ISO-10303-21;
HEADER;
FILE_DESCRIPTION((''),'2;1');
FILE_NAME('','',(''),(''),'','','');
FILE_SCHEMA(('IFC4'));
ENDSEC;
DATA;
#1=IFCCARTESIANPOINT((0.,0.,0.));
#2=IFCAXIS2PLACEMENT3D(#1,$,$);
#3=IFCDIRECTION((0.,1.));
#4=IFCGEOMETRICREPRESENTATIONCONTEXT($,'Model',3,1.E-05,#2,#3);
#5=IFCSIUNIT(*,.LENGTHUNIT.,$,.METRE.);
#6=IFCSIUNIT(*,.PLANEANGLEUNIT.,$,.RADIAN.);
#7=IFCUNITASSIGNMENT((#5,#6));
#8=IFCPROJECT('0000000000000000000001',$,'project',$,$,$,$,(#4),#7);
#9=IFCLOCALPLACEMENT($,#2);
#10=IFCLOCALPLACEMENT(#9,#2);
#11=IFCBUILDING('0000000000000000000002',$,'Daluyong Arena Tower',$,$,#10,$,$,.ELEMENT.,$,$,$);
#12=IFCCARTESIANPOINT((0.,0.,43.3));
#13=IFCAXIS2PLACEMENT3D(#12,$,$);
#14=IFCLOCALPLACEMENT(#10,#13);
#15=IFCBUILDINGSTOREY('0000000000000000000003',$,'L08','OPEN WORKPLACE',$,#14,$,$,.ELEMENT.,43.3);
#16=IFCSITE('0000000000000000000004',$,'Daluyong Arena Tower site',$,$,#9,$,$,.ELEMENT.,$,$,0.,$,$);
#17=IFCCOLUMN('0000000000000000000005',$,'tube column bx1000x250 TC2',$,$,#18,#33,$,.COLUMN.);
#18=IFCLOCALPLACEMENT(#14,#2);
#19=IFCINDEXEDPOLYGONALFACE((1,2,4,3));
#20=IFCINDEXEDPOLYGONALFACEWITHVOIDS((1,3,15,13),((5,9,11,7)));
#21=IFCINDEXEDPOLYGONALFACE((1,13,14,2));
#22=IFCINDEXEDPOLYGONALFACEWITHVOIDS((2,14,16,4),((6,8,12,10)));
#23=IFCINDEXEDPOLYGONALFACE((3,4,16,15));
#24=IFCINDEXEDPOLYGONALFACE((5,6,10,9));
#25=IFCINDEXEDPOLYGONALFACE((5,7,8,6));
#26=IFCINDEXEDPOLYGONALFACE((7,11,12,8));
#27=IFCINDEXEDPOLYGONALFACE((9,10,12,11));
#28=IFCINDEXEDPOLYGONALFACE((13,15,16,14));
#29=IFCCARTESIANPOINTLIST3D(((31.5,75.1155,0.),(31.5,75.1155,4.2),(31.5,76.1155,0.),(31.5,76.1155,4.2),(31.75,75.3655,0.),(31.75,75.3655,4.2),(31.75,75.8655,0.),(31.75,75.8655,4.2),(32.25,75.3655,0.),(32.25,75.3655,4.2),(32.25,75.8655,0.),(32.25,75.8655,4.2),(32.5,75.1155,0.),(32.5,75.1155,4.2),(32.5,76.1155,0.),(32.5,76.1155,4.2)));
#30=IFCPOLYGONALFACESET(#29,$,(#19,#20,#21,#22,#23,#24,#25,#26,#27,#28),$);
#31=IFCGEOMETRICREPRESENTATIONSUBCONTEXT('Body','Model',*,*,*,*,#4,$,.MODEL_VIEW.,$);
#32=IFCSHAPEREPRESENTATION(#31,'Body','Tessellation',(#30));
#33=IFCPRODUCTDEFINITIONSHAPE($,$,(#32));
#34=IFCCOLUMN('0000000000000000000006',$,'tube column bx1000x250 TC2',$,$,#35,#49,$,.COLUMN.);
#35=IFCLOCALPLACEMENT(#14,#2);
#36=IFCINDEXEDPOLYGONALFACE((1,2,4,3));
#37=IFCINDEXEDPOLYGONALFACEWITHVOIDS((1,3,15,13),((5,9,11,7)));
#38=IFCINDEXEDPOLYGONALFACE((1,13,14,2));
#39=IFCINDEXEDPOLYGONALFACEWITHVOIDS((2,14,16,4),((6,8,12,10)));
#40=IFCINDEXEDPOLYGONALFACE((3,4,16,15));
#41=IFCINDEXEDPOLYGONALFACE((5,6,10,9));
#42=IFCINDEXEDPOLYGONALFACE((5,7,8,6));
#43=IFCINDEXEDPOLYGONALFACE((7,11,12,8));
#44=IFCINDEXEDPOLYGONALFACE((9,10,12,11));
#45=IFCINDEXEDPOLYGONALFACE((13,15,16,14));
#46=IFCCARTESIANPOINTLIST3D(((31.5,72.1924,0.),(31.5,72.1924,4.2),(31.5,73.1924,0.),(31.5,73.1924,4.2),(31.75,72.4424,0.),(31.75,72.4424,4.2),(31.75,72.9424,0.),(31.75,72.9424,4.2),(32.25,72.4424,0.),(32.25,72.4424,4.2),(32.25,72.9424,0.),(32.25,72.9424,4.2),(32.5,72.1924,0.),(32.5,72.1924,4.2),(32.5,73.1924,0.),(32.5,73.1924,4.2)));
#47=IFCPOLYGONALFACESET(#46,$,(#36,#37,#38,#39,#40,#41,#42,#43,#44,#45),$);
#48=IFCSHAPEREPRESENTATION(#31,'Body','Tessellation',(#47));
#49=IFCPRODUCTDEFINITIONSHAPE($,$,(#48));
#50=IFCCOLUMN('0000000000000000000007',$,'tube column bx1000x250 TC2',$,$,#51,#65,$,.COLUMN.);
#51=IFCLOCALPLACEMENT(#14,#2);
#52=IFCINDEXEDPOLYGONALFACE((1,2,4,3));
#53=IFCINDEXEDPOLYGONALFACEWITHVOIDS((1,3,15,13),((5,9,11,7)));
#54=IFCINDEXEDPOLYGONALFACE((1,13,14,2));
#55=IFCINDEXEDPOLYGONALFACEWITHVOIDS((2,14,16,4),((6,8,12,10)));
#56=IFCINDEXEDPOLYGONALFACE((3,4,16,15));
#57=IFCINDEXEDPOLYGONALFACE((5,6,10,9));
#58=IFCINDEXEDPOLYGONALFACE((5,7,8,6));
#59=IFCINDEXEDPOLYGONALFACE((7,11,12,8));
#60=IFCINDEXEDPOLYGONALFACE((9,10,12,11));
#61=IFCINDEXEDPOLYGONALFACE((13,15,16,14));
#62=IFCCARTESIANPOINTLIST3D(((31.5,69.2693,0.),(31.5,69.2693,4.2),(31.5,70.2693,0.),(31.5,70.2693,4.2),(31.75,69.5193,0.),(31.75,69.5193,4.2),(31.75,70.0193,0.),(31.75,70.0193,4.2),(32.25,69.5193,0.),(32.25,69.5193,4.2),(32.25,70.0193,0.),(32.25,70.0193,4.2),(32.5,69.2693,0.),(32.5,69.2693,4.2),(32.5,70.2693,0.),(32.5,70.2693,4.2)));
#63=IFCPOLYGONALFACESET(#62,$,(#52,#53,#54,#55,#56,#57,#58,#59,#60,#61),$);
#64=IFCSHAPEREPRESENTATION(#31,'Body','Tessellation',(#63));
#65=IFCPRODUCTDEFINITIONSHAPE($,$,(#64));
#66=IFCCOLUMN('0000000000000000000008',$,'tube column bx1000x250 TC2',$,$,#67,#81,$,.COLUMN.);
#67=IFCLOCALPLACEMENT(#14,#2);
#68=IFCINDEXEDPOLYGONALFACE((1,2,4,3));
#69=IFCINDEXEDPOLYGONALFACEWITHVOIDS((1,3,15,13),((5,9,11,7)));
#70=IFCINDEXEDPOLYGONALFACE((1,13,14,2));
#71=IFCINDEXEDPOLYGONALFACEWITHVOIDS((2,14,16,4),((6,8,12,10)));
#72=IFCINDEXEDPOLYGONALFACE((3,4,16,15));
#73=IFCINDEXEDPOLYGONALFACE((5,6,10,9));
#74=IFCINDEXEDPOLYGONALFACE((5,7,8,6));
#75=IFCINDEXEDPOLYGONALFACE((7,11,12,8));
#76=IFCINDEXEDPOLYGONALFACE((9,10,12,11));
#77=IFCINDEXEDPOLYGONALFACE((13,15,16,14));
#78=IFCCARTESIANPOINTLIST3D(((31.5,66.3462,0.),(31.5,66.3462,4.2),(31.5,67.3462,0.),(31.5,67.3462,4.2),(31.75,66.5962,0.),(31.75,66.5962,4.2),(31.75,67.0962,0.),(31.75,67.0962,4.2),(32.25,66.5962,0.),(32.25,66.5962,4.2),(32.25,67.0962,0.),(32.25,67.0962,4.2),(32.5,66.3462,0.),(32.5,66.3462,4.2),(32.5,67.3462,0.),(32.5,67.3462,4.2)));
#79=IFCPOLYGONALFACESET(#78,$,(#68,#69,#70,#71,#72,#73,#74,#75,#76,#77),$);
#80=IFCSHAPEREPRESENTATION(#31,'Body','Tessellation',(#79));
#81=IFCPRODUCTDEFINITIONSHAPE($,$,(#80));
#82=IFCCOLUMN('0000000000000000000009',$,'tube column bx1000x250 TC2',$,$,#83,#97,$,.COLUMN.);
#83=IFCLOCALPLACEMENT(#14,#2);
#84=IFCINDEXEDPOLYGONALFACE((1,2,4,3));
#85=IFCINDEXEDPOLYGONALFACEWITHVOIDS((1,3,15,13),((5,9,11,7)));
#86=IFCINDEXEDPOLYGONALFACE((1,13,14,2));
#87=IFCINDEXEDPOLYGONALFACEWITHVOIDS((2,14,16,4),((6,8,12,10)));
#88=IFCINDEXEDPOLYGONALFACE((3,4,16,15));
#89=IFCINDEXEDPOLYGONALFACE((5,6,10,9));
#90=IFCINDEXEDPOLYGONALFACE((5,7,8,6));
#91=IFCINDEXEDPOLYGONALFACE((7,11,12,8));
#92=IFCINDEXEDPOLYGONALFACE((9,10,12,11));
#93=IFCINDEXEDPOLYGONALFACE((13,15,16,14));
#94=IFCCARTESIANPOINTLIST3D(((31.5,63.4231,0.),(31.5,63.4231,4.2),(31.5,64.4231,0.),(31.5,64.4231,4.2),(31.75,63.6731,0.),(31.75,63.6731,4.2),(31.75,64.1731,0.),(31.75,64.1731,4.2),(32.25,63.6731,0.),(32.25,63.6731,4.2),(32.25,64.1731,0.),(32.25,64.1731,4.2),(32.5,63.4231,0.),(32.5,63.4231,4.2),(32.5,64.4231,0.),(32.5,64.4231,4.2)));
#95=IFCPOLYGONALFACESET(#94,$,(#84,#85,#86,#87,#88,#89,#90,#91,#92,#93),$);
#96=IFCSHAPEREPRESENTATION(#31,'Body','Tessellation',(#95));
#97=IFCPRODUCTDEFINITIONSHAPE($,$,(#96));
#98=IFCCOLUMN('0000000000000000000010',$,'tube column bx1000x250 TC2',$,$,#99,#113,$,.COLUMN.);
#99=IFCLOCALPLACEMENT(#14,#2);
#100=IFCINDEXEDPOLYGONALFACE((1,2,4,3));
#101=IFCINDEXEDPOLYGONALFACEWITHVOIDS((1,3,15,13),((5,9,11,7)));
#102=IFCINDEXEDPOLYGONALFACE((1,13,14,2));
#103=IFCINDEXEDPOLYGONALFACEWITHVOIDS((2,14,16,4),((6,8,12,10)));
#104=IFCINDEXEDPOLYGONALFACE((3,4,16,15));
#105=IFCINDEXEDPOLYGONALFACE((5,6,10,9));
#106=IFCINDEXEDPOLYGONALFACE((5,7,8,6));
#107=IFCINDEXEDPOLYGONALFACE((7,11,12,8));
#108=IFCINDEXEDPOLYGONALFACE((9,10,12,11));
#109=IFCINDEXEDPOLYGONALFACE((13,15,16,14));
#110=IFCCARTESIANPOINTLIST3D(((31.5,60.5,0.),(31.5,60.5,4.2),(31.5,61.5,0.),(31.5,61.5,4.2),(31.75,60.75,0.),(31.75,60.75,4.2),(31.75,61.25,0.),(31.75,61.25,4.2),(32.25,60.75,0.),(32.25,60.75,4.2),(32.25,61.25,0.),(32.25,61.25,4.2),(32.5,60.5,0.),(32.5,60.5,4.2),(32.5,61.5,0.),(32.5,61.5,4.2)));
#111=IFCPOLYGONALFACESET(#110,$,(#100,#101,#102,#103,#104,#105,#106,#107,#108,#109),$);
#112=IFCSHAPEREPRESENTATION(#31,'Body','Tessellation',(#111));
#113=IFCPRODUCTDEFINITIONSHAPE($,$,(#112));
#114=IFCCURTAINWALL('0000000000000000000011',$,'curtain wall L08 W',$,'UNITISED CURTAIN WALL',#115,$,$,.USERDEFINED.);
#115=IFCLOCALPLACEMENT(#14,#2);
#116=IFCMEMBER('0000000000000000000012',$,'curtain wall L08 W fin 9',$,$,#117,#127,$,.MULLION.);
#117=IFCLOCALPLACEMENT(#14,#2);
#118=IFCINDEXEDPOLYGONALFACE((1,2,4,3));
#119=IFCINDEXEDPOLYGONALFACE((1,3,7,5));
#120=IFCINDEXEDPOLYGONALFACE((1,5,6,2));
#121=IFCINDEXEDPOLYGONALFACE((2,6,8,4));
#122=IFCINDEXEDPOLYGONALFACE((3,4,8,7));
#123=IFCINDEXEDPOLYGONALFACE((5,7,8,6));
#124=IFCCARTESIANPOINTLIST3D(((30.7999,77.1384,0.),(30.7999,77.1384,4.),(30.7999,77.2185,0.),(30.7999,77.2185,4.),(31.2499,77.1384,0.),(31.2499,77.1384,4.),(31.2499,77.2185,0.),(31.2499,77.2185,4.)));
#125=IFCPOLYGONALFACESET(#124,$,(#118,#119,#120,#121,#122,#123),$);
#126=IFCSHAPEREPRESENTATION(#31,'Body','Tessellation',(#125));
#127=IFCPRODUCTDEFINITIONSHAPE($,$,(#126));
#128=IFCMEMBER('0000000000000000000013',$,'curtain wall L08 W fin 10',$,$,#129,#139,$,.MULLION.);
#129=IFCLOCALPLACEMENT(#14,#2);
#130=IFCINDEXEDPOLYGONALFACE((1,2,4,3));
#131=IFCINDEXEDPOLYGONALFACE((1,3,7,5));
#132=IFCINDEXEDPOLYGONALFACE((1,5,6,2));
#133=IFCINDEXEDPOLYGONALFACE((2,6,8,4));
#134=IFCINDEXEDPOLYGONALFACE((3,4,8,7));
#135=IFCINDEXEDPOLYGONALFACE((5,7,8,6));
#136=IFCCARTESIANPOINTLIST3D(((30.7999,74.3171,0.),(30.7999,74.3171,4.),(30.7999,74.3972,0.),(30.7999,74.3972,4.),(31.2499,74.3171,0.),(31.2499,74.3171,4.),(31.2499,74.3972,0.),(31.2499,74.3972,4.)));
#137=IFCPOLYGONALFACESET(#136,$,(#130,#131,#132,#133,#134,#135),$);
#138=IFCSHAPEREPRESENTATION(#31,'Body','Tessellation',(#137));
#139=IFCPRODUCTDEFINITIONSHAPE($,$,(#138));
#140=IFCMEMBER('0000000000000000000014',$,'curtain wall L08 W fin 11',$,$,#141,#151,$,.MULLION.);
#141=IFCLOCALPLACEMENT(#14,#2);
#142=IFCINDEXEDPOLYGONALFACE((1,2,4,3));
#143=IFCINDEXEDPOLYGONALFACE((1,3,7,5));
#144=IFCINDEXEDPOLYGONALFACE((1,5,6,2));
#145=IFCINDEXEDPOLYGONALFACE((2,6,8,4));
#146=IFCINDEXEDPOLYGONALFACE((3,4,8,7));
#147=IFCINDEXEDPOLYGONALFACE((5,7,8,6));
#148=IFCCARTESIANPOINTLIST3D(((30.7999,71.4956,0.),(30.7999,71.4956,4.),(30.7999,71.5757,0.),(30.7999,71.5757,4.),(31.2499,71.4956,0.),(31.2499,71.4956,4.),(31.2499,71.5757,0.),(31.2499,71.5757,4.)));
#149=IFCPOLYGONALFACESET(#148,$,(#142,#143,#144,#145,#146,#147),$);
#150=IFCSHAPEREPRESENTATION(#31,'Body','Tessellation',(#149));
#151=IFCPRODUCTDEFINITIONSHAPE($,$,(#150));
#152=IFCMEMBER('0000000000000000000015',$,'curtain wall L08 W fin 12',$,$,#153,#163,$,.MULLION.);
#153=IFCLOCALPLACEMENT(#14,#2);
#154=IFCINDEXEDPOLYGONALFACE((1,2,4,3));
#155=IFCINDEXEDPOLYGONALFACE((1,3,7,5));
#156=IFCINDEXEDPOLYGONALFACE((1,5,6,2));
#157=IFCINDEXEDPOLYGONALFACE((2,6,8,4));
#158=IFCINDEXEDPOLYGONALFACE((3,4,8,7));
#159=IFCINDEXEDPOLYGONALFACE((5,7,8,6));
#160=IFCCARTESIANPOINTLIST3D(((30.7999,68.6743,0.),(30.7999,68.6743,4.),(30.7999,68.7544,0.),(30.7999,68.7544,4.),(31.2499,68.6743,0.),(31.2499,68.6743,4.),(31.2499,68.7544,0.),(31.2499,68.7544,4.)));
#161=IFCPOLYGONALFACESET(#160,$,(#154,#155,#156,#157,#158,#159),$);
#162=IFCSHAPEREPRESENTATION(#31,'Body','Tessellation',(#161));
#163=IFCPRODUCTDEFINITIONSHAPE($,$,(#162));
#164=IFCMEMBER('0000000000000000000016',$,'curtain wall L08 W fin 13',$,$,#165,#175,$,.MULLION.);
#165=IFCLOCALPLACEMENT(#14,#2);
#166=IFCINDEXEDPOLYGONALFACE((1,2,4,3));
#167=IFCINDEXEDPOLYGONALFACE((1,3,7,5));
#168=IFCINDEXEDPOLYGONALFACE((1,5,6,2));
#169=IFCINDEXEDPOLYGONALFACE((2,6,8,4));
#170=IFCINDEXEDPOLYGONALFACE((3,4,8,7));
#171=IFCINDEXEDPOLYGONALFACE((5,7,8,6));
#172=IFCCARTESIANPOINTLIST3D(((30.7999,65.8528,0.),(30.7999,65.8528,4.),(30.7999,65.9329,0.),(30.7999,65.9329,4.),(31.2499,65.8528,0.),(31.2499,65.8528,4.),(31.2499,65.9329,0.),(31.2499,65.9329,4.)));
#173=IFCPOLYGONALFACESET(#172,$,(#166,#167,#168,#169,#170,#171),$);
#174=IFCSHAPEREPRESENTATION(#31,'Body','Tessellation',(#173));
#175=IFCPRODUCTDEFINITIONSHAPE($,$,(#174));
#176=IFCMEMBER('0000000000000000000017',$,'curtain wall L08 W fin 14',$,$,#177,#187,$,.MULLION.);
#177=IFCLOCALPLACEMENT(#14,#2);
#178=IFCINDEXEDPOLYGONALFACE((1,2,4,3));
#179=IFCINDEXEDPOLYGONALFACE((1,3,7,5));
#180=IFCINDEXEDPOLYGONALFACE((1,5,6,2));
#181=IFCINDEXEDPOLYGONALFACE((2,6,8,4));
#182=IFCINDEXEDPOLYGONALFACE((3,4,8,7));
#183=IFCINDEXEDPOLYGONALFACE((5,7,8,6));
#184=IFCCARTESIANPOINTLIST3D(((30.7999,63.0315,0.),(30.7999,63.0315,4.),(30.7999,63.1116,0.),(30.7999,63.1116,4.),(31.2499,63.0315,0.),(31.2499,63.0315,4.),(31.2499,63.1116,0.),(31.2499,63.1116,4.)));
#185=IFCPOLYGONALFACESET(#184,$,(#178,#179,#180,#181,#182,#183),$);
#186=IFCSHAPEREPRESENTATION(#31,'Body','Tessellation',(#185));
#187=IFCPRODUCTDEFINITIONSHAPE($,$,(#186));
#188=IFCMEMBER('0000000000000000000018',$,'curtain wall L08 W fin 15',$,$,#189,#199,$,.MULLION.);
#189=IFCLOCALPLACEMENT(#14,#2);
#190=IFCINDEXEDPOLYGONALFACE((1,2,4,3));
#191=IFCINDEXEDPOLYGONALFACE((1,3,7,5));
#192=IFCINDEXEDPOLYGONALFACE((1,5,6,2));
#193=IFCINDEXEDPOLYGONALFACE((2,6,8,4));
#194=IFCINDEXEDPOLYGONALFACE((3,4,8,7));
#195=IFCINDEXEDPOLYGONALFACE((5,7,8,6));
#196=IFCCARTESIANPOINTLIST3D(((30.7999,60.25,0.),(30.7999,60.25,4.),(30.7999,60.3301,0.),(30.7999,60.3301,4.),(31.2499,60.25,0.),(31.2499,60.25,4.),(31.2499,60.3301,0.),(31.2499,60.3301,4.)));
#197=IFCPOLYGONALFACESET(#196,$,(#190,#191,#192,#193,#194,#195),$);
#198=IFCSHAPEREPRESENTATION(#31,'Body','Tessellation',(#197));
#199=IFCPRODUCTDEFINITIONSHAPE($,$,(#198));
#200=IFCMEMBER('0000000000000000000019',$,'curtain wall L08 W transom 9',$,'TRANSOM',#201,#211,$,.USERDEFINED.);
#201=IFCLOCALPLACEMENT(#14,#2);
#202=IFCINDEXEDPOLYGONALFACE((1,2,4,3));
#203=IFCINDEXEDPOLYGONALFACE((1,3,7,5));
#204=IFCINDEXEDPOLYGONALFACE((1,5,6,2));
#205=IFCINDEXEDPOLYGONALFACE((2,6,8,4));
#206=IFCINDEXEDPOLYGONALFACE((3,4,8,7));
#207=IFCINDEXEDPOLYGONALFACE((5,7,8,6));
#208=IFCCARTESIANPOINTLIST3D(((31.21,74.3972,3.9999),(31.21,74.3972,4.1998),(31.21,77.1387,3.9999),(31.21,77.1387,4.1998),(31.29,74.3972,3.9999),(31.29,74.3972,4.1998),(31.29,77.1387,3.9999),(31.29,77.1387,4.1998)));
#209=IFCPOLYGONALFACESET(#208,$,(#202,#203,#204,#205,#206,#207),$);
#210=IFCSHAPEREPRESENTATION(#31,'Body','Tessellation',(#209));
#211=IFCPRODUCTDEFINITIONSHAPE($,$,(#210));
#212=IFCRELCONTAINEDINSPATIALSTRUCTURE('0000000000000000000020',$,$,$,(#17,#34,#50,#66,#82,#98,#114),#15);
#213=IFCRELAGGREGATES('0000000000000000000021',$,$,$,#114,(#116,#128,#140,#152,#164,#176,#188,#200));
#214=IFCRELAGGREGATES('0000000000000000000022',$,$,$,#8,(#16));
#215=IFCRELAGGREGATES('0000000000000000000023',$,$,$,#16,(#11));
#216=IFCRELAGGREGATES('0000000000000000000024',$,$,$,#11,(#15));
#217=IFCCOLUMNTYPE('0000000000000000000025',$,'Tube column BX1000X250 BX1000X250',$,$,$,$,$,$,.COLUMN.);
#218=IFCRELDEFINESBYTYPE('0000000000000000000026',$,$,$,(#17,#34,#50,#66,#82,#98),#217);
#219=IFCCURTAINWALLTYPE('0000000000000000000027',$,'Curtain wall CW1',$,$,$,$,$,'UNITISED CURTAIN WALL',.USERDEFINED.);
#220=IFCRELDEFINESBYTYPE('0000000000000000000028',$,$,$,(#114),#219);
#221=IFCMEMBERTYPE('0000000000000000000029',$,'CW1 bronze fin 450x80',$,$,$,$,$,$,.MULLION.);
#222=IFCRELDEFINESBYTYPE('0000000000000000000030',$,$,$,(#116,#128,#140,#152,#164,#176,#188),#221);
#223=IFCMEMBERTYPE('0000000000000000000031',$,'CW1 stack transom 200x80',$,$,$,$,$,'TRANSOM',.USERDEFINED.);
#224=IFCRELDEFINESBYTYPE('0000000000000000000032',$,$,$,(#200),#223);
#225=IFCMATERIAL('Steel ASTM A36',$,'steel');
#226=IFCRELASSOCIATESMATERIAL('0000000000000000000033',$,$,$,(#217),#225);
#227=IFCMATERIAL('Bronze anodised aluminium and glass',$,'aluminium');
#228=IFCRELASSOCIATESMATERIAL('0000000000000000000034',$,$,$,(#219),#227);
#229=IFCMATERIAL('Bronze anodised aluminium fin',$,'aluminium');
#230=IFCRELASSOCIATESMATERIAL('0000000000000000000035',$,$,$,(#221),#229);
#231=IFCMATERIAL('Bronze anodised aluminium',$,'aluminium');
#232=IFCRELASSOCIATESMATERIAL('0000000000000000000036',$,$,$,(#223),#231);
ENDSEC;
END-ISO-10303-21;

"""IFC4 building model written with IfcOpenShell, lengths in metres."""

from ifc_helpers import new_model, si_unit, direction, frame, origin, origin_2d, place, context, subcontext, project, spatial, rectangle, hollow_rectangle, extrude, material, material_profile, profile_set, type_object, element, aggregate, save


model = new_model("IFC4")

# Units and contexts
model_context = context("Model", 3, precision=1e-05, world=origin(), true_north=direction((0.0, 1.0)))
body_context = subcontext(model_context, "Body", "Model", "MODEL_VIEW")
ifc_project = project(units=[si_unit("LENGTHUNIT", "METRE"), si_unit("PLANEANGLEUNIT", "RADIAN")], contexts=[model_context])

# Site, building, storey
site_placement = place(None, origin())
site = spatial("IfcSite", under=ifc_project, at=site_placement, Name="Daluyong Arena Tower site", CompositionType="ELEMENT", RefElevation=0.0)
building_placement = place(site_placement, origin())
building = spatial("IfcBuilding", under=site, at=building_placement, Name="Daluyong Arena Tower", CompositionType="ELEMENT")
storey_placement = place(building_placement, frame((0.0, 0.0, 43.3)))
storey = spatial("IfcBuildingStorey", under=building, at=storey_placement, Name="L08", Description="OPEN WORKPLACE", CompositionType="ELEMENT", Elevation=43.3)

# Columns
ifc_material_1 = material(Name="Steel ASTM A36", Category="steel")
ifc_material_profile_1 = material_profile(ifc_material_1, hollow_rectangle(XDim=1.0, YDim=1.0, WallThickness=0.25, at=origin_2d()))
ifc_profile_set_1 = profile_set([ifc_material_profile_1], Name="Steel ASTM A36")
column_type = type_object("IfcColumnType", Name="Tube column BX1000X250 BX1000X250", PredefinedType="COLUMN", material=ifc_profile_set_1)
for number, where, z_axis, x_axis, name in (
    (1, (32.0, 75.6155, 0.0), (0.0, 0.0, 1.0), (0.0, 1.0, 0.0), "tube column bx1000x250 TC2"),
    (2, (32.0, 72.6924, 0.0), (0.0, 0.0, 1.0), (0.0, 1.0, 0.0), "tube column bx1000x250 TC2"),
    (3, (32.0, 69.7693, 0.0), (0.0, 0.0, 1.0), (0.0, 1.0, 0.0), "tube column bx1000x250 TC2"),
    (4, (32.0, 66.8462, 0.0), (0.0, 0.0, 1.0), (0.0, 1.0, 0.0), "tube column bx1000x250 TC2"),
    (5, (32.0, 63.9231, 0.0), (0.0, 0.0, 1.0), (0.0, 1.0, 0.0), "tube column bx1000x250 TC2"),
    (6, (32.0, 61.0, 0.0), (0.0, 0.0, 1.0), (1.0, 0.0, 0.0), "tube column bx1000x250 TC2"),
):
    element("IfcColumn", number, at=place(storey_placement, frame(where, z_axis=z_axis, x_axis=x_axis)), inside=storey, type_object=column_type, Name=name, PredefinedType="COLUMN", context=body_context, shape_type="SweptSolid", body=[
        extrude(hollow_rectangle(XDim=1.0, YDim=1.0, WallThickness=0.25, at=origin_2d()), origin(), (0.0, 0.0, 1.0), 4.2),
    ])

# Curtain wall, members
ifc_material_2 = material(Name="Bronze anodised aluminium and glass", Category="aluminium")
curtain_wall_type_1 = type_object("IfcCurtainWallType", Name="Curtain wall CW1", ElementType="UNITISED CURTAIN WALL", PredefinedType="USERDEFINED", material=ifc_material_2)
curtain_wall_1_placement = place(storey_placement, origin())
curtain_wall_1 = element("IfcCurtainWall", 7, at=curtain_wall_1_placement, inside=storey, type_object=curtain_wall_type_1, Name="curtain wall L08 W", ObjectType="UNITISED CURTAIN WALL", PredefinedType="USERDEFINED")
ifc_material_3 = material(Name="Bronze anodised aluminium fin", Category="aluminium")
ifc_material_profile_2 = material_profile(ifc_material_3, rectangle(XDim=0.45, YDim=0.0801, at=origin_2d()))
ifc_profile_set_2 = profile_set([ifc_material_profile_2], Name="Bronze anodised aluminium fin")
member_type_1 = type_object("IfcMemberType", Name="CW1 bronze fin 450x80", PredefinedType="MULLION", material=ifc_profile_set_2)
member_1_placement = place(storey_placement, frame((31.0249, 77.1785, 0.0), z_axis=(0.0, 0.0, 1.0), x_axis=(1.0, 0.0, 0.0)))
member_1 = element("IfcMember", 8, at=member_1_placement, type_object=member_type_1, Name="curtain wall L08 W fin 9", PredefinedType="MULLION", context=body_context, shape_type="SweptSolid", body=[
    extrude(rectangle(XDim=0.45, YDim=0.0801, at=origin_2d()), origin(), (0.0, 0.0, 1.0), 4.0),
])
member_2_placement = place(storey_placement, frame((31.0249, 74.3572, 0.0), z_axis=(0.0, 0.0, 1.0), x_axis=(1.0, 0.0, 0.0)))
member_2 = element("IfcMember", 9, at=member_2_placement, type_object=member_type_1, Name="curtain wall L08 W fin 10", PredefinedType="MULLION", context=body_context, shape_type="SweptSolid", body=[
    extrude(rectangle(XDim=0.45, YDim=0.0801, at=origin_2d()), origin(), (0.0, 0.0, 1.0), 4.0),
])
member_3_placement = place(storey_placement, frame((31.0249, 71.5356, 0.0), z_axis=(0.0, 0.0, 1.0), x_axis=(1.0, 0.0, 0.0)))
member_3 = element("IfcMember", 10, at=member_3_placement, type_object=member_type_1, Name="curtain wall L08 W fin 11", PredefinedType="MULLION", context=body_context, shape_type="SweptSolid", body=[
    extrude(rectangle(XDim=0.45, YDim=0.0801, at=origin_2d()), origin(), (0.0, 0.0, 1.0), 4.0),
])
member_4_placement = place(storey_placement, frame((31.0249, 68.7144, 0.0), z_axis=(0.0, 0.0, 1.0), x_axis=(1.0, 0.0, 0.0)))
member_4 = element("IfcMember", 11, at=member_4_placement, type_object=member_type_1, Name="curtain wall L08 W fin 12", PredefinedType="MULLION", context=body_context, shape_type="SweptSolid", body=[
    extrude(rectangle(XDim=0.45, YDim=0.0801, at=origin_2d()), origin(), (0.0, 0.0, 1.0), 4.0),
])
member_5_placement = place(storey_placement, frame((31.0249, 65.8928, 0.0), z_axis=(0.0, 0.0, 1.0), x_axis=(1.0, 0.0, 0.0)))
member_5 = element("IfcMember", 12, at=member_5_placement, type_object=member_type_1, Name="curtain wall L08 W fin 13", PredefinedType="MULLION", context=body_context, shape_type="SweptSolid", body=[
    extrude(rectangle(XDim=0.45, YDim=0.0801, at=origin_2d()), origin(), (0.0, 0.0, 1.0), 4.0),
])
member_6_placement = place(storey_placement, frame((31.0249, 63.0715, 0.0), z_axis=(0.0, 0.0, 1.0), x_axis=(1.0, 0.0, 0.0)))
member_6 = element("IfcMember", 13, at=member_6_placement, type_object=member_type_1, Name="curtain wall L08 W fin 14", PredefinedType="MULLION", context=body_context, shape_type="SweptSolid", body=[
    extrude(rectangle(XDim=0.45, YDim=0.0801, at=origin_2d()), origin(), (0.0, 0.0, 1.0), 4.0),
])
member_7_placement = place(storey_placement, frame((31.0249, 60.29, 0.0), z_axis=(0.0, 0.0, 1.0), x_axis=(1.0, 0.0, 0.0)))
member_7 = element("IfcMember", 14, at=member_7_placement, type_object=member_type_1, Name="curtain wall L08 W fin 15", PredefinedType="MULLION", context=body_context, shape_type="SweptSolid", body=[
    extrude(rectangle(XDim=0.45, YDim=0.0801, at=origin_2d()), origin(), (0.0, 0.0, 1.0), 4.0),
])
ifc_material_4 = material(Name="Bronze anodised aluminium", Category="aluminium")
ifc_material_profile_3 = material_profile(ifc_material_4, rectangle(XDim=0.0801, YDim=0.2, at=origin_2d()))
ifc_profile_set_3 = profile_set([ifc_material_profile_3], Name="Bronze anodised aluminium")
member_type_2 = type_object("IfcMemberType", Name="CW1 stack transom 200x80", ElementType="TRANSOM", PredefinedType="USERDEFINED", material=ifc_profile_set_3)
member_8_placement = place(storey_placement, frame((31.25, 77.1387, 4.0999), z_axis=(0.0, -1.0, 0.0), x_axis=(1.0, 0.0, 0.0)))
member_8 = element("IfcMember", 15, at=member_8_placement, type_object=member_type_2, Name="curtain wall L08 W transom 9", ObjectType="TRANSOM", PredefinedType="USERDEFINED", context=body_context, shape_type="SweptSolid", body=[
    extrude(rectangle(XDim=0.0801, YDim=0.2, at=origin_2d()), origin(), (0.0, 0.0, 1.0), 2.7415),
])

aggregate(curtain_wall_1, [member_1, member_2, member_3, member_4, member_5, member_6, member_7, member_8])

save(model, "model.ifc")
